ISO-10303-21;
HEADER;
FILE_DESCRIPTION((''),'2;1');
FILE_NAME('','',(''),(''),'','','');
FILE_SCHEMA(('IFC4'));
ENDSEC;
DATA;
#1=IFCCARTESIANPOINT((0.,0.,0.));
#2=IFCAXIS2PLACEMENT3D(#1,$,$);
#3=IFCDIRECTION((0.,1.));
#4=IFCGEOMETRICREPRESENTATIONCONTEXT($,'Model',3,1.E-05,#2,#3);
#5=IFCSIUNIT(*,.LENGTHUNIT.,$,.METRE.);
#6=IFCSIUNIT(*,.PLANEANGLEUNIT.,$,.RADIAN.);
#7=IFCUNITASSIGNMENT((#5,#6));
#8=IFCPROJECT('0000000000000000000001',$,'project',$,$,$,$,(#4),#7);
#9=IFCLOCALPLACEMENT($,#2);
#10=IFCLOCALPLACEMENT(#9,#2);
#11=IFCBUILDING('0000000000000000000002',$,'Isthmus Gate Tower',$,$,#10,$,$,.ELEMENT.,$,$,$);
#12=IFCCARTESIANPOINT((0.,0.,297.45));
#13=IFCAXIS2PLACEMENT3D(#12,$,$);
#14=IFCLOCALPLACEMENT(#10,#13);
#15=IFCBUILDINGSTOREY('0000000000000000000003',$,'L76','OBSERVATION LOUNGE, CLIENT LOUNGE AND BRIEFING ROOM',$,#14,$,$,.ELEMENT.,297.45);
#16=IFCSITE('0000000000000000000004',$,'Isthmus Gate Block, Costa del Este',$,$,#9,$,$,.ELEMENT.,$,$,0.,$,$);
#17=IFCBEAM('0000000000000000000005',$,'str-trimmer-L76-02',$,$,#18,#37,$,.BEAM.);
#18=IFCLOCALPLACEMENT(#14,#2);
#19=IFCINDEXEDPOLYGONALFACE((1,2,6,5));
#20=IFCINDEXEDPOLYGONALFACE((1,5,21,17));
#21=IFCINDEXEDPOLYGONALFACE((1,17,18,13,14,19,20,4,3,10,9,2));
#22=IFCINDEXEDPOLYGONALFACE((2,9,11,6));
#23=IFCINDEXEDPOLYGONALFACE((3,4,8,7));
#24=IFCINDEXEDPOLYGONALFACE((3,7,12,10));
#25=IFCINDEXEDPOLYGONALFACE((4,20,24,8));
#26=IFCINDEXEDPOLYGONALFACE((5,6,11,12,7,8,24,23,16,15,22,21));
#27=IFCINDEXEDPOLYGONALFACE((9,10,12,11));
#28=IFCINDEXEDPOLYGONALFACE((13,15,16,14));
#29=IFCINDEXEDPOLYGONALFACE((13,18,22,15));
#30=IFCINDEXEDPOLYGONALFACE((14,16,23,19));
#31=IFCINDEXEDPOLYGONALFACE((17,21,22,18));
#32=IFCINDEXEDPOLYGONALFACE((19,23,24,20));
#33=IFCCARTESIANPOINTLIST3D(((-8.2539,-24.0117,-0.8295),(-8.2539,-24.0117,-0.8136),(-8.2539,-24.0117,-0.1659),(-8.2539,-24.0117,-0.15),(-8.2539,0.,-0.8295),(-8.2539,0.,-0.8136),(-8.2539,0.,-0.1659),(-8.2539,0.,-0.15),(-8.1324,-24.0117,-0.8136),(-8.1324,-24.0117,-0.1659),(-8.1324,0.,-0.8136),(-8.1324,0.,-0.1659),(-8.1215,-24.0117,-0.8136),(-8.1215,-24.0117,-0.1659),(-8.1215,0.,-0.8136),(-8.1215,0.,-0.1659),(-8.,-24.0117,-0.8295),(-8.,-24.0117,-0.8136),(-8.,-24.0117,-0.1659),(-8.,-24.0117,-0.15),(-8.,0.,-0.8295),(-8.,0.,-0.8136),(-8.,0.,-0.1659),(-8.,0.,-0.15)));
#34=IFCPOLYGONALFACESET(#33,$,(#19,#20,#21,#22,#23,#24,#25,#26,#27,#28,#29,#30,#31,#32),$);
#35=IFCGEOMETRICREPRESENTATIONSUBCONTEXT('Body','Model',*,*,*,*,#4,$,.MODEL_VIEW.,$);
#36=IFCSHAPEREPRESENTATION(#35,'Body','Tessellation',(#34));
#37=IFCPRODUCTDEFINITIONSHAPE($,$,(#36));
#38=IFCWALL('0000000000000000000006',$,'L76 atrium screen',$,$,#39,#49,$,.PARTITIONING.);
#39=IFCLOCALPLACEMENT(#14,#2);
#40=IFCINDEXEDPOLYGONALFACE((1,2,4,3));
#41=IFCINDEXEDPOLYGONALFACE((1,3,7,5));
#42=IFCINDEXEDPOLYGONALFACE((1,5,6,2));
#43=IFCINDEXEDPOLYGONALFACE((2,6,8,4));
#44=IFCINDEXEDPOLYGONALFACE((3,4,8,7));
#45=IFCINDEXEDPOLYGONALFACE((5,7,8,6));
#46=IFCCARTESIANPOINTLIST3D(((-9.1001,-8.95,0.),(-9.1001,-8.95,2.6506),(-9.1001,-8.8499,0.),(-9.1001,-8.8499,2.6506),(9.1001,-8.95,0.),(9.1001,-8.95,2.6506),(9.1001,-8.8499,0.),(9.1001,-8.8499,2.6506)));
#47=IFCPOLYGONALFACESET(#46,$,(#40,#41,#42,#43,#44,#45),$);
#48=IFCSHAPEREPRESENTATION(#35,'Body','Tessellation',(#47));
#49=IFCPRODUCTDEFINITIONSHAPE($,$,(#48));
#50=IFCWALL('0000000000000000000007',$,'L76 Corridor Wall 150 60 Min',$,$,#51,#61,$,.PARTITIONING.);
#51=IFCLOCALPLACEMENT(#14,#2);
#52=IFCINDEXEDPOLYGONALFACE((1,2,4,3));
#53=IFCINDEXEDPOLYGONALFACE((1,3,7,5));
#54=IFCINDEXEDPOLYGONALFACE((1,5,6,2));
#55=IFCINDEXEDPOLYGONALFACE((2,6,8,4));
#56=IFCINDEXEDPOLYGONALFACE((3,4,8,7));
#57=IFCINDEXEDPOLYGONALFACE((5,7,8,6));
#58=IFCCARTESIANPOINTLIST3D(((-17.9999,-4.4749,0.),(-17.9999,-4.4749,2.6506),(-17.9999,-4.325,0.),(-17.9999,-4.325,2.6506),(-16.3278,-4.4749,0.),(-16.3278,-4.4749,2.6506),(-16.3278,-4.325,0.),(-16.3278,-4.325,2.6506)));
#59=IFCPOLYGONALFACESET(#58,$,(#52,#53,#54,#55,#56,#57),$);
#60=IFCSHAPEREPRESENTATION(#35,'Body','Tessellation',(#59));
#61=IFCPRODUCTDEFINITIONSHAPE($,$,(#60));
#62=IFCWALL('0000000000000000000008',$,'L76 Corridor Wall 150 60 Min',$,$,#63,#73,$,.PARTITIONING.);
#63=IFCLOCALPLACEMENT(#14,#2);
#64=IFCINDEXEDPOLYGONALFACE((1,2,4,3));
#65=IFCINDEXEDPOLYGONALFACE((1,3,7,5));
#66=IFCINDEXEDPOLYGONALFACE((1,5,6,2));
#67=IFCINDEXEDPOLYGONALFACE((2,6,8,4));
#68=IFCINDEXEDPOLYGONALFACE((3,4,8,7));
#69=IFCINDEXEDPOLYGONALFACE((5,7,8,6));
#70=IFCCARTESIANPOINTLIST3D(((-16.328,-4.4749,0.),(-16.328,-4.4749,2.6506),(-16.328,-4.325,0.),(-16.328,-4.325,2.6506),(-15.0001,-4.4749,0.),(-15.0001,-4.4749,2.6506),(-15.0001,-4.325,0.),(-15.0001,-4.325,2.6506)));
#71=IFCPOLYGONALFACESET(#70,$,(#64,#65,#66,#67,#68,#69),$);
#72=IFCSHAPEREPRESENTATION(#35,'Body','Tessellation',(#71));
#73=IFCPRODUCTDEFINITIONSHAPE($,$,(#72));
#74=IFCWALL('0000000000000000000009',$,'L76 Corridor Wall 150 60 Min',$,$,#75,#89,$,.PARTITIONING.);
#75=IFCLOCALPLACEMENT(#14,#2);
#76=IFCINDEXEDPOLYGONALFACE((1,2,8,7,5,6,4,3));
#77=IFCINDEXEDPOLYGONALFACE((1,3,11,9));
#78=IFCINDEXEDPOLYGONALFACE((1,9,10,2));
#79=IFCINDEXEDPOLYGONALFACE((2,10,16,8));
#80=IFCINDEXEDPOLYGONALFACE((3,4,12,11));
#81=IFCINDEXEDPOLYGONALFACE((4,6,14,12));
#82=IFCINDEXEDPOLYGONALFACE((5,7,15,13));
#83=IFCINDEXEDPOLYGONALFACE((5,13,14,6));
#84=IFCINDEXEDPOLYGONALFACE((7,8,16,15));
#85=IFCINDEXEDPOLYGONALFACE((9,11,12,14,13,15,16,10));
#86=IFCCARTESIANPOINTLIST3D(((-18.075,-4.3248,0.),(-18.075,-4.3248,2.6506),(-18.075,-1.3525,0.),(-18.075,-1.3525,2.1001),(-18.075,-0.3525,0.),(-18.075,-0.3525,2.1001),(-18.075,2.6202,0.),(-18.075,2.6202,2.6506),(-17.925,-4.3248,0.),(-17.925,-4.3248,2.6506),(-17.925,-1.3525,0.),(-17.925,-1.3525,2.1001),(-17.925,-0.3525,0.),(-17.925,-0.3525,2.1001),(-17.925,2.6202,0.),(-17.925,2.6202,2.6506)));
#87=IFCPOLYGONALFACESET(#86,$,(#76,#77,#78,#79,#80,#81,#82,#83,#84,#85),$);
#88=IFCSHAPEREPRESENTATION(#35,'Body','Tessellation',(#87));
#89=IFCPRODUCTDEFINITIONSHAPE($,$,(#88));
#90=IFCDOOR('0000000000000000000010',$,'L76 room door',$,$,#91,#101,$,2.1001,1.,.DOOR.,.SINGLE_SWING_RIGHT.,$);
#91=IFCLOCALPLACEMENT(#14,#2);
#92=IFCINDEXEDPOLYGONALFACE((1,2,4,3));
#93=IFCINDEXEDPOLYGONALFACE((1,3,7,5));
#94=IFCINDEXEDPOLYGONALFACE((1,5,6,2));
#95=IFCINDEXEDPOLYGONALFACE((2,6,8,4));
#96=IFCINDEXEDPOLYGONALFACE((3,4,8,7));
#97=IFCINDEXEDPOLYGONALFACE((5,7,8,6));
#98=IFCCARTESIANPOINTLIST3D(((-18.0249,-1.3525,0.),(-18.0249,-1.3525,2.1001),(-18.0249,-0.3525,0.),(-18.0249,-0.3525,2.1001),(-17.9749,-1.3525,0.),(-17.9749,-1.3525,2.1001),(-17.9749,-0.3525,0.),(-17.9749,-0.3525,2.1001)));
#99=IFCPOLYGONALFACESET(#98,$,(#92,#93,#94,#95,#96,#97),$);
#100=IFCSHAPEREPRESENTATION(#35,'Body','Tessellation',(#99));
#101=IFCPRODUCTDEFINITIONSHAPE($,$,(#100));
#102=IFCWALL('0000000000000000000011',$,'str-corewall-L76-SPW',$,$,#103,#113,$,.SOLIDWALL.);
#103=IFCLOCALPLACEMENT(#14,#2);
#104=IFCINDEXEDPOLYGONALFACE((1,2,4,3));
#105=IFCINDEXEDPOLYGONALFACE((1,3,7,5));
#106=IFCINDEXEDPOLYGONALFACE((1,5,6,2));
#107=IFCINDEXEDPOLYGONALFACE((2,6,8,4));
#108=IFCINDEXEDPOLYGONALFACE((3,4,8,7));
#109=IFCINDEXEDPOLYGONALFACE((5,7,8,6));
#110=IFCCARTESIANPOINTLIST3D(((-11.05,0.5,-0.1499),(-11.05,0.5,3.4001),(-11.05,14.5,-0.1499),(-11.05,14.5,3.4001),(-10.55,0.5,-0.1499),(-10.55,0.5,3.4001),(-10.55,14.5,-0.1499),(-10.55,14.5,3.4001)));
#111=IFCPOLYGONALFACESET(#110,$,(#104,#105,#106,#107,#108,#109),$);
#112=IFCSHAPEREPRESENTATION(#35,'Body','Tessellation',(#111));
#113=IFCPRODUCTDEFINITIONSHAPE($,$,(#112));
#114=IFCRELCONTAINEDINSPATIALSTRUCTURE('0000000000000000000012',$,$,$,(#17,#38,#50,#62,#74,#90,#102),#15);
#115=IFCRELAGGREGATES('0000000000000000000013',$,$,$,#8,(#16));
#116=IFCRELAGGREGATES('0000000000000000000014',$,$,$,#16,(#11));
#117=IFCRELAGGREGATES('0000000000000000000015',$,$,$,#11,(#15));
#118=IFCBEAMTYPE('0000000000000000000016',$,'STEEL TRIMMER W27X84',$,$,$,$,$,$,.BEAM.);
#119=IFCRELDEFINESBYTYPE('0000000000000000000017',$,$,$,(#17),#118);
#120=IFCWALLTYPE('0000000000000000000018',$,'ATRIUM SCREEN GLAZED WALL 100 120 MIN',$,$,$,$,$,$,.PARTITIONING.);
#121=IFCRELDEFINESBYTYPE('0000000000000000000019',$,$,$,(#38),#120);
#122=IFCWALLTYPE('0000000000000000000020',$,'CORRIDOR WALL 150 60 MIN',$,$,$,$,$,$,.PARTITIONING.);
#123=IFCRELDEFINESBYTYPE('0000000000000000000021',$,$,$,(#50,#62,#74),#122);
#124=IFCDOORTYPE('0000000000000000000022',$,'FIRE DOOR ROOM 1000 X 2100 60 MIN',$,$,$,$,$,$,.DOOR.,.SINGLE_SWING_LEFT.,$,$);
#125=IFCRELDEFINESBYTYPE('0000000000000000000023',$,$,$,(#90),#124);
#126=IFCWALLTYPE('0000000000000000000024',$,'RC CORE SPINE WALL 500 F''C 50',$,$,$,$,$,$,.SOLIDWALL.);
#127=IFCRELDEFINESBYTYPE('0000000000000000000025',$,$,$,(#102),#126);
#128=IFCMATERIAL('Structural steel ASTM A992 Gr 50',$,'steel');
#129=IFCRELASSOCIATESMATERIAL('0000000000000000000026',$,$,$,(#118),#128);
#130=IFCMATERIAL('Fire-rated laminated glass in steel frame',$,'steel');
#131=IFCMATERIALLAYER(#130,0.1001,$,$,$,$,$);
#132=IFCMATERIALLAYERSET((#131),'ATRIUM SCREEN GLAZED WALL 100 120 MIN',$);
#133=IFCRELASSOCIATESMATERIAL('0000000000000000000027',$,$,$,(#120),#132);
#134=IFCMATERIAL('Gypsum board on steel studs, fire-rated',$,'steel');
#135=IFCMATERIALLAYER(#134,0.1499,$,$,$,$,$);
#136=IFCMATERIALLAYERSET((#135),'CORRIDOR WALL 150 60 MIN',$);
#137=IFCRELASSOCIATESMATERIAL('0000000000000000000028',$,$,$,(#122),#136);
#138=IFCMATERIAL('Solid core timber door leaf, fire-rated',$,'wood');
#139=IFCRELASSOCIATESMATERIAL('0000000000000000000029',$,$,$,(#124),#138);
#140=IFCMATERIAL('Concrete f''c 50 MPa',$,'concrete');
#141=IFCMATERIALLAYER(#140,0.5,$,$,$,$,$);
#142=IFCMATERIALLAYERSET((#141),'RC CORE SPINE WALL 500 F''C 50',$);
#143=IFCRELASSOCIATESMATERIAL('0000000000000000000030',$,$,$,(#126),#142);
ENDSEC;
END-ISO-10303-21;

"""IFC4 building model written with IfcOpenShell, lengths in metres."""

from ifc_helpers import new_model, si_unit, direction, frame, frame_2d, origin, origin_2d, place, context, subcontext, project, spatial, rectangle, i_section, extrude, material, layer, layer_set, material_profile, profile_set, type_object, element, fill, save


model = new_model("IFC4")

# Units and contexts
model_context = context("Model", 3, precision=1e-05, world=origin(), true_north=direction((0.0, 1.0)))
body_context = subcontext(model_context, "Body", "Model", "MODEL_VIEW")
ifc_project = project(units=[si_unit("LENGTHUNIT", "METRE"), si_unit("PLANEANGLEUNIT", "RADIAN")], contexts=[model_context])

# Site, building, storey
site_placement = place(None, origin())
site = spatial("IfcSite", under=ifc_project, at=site_placement, Name="Isthmus Gate Block, Costa del Este", CompositionType="ELEMENT", RefElevation=0.0)
building_placement = place(site_placement, origin())
building = spatial("IfcBuilding", under=site, at=building_placement, Name="Isthmus Gate Tower", CompositionType="ELEMENT")
storey_placement = place(building_placement, frame((0.0, 0.0, 297.45)))
storey = spatial("IfcBuildingStorey", under=building, at=storey_placement, Name="L76", Description="OBSERVATION LOUNGE, CLIENT LOUNGE AND BRIEFING ROOM", CompositionType="ELEMENT", Elevation=297.45)

# Beam
ifc_material_1 = material(Name="Structural steel ASTM A992 Gr 50", Category="steel")
ifc_material_profile_1 = material_profile(ifc_material_1, i_section(OverallWidth=0.2539, OverallDepth=0.6794, WebThickness=0.011, FlangeThickness=0.0159, at=origin_2d()), Name="W27X84")
ifc_profile_set_1 = profile_set([ifc_material_profile_1], Name="Structural steel ASTM A992 Gr 50")
beam_type_1 = type_object("IfcBeamType", Name="STEEL TRIMMER W27X84", PredefinedType="BEAM", material=ifc_profile_set_1)
beam_1_placement = place(storey_placement, frame((-8.127, 0.0, -0.4897), z_axis=(0.0, -1.0, 0.0), x_axis=(1.0, 0.0, 0.0)))
element("IfcBeam", 1, at=beam_1_placement, inside=storey, type_object=beam_type_1, Name="str-trimmer-L76-02", PredefinedType="BEAM", context=body_context, shape_type="SweptSolid", body=[
    extrude(i_section(OverallWidth=0.2539, OverallDepth=0.6794, WebThickness=0.011, FlangeThickness=0.0159, at=origin_2d()), origin(), (0.0, 0.0, 1.0), 24.0117),
])

# Walls
ifc_material_2 = material(Name="Fire-rated laminated glass in steel frame", Category="steel")
ifc_layer_1 = layer(ifc_material_2, 0.1001)
ifc_layer_set_1 = layer_set([ifc_layer_1], Name="ATRIUM SCREEN GLAZED WALL 100 120 MIN")
wall_type_1 = type_object("IfcWallType", Name="ATRIUM SCREEN GLAZED WALL 100 120 MIN", PredefinedType="PARTITIONING", material=ifc_layer_set_1)
wall_1_placement = place(storey_placement, frame((-9.1001, -8.8999, 0.0), z_axis=(0.0, 0.0, 1.0), x_axis=(1.0, 0.0, 0.0)))
element("IfcWall", 2, at=wall_1_placement, inside=storey, type_object=wall_type_1, Name="L76 atrium screen", PredefinedType="PARTITIONING", context=body_context, shape_type="SweptSolid", body=[
    extrude(rectangle(XDim=18.2002, YDim=0.1001, at=frame_2d((9.1001, 0.0))), origin(), (0.0, 0.0, 1.0), 2.6506),
])
ifc_material_3 = material(Name="Gypsum board on steel studs, fire-rated", Category="steel")
ifc_layer_2 = layer(ifc_material_3, 0.1499)
ifc_layer_set_2 = layer_set([ifc_layer_2], Name="CORRIDOR WALL 150 60 MIN")
wall_type_2 = type_object("IfcWallType", Name="CORRIDOR WALL 150 60 MIN", PredefinedType="PARTITIONING", material=ifc_layer_set_2)
wall_2_placement = place(storey_placement, frame((-16.3279, -4.3999, 0.0), z_axis=(0.0, 0.0, 1.0), x_axis=(-1.0, 0.0, 0.0)))
element("IfcWall", 3, at=wall_2_placement, inside=storey, type_object=wall_type_2, Name="L76 Corridor Wall 150 60 Min", PredefinedType="PARTITIONING", context=body_context, shape_type="SweptSolid", body=[
    extrude(rectangle(XDim=1.6721, YDim=0.1499, at=frame_2d((0.8359, 0.0))), origin(), (0.0, 0.0, 1.0), 2.6506),
])
wall_3_placement = place(storey_placement, frame((-15.0, -4.3999, 0.0), z_axis=(0.0, 0.0, 1.0), x_axis=(-1.0, 0.0, 0.0)))
element("IfcWall", 4, at=wall_3_placement, inside=storey, type_object=wall_type_2, Name="L76 Corridor Wall 150 60 Min", PredefinedType="PARTITIONING", context=body_context, shape_type="SweptSolid", body=[
    extrude(rectangle(XDim=1.3279, YDim=0.1499, at=frame_2d((0.6641, 0.0))), origin(), (0.0, 0.0, 1.0), 2.6506),
])

# Wall, opening, door
wall_4_placement = place(storey_placement, frame((-18.0, -4.325, 0.0), z_axis=(0.0, 0.0, 1.0), x_axis=(0.0, 1.0, 0.0)))
wall_4 = element("IfcWall", 5, at=wall_4_placement, inside=storey, type_object=wall_type_2, Name="L76 Corridor Wall 150 60 Min", PredefinedType="PARTITIONING", context=body_context, shape_type="SweptSolid", body=[
    extrude(rectangle(XDim=6.9451, YDim=0.1499, at=frame_2d((3.4727, 0.0))), origin(), (0.0, 0.0, 1.0), 2.6506),
])
opening_1_placement = place(wall_4_placement, frame((2.9724, 0.0, 0.0)))
opening_1 = element("IfcOpeningElement", 6, at=opening_1_placement, cuts=wall_4, PredefinedType="OPENING", context=body_context, shape_type="SweptSolid", body=[
    extrude(rectangle(XDim=1.0, YDim=2.1001, at=frame_2d((0.5, 1.05))), frame((0.0, 0.085, 0.0), z_axis=(0.0, -1.0, 0.0), x_axis=(1.0, 0.0, 0.0)), (0.0, 0.0, 1.0), 0.1699),
])
ifc_material_4 = material(Name="Solid core timber door leaf, fire-rated", Category="wood")
door_type_1 = type_object("IfcDoorType", Name="FIRE DOOR ROOM 1000 X 2100 60 MIN", OperationType="SINGLE_SWING_LEFT", PredefinedType="DOOR", material=ifc_material_4)
door_1_placement = place(opening_1_placement, origin())
door_1 = element("IfcDoor", 7, at=door_1_placement, inside=storey, type_object=door_type_1, Name="L76 room door", OperationType="SINGLE_SWING_RIGHT", OverallHeight=2.1001, OverallWidth=1.0, PredefinedType="DOOR", context=body_context, shape_type="SweptSolid", body=[
    extrude(rectangle(XDim=1.0, YDim=2.1001, at=frame_2d((0.5, 1.05))), frame((0.0, 0.0249, 0.0), z_axis=(0.0, -1.0, 0.0), x_axis=(1.0, 0.0, 0.0)), (0.0, 0.0, 1.0), 0.05),
])
fill(opening_1, door_1)

# Wall
ifc_material_5 = material(Name="Concrete f'c 50 MPa", Category="concrete")
ifc_layer_3 = layer(ifc_material_5, 0.5)
ifc_layer_set_3 = layer_set([ifc_layer_3], Name="RC CORE SPINE WALL 500 F'C 50")
wall_type_3 = type_object("IfcWallType", Name="RC CORE SPINE WALL 500 F'C 50", PredefinedType="SOLIDWALL", material=ifc_layer_set_3)
wall_5_placement = place(storey_placement, frame((-10.8, 0.5, -0.1499), z_axis=(0.0, 0.0, 1.0), x_axis=(0.0, 1.0, 0.0)))
element("IfcWall", 8, at=wall_5_placement, inside=storey, type_object=wall_type_3, Name="str-corewall-L76-SPW", PredefinedType="SOLIDWALL", context=body_context, shape_type="SweptSolid", body=[
    extrude(rectangle(XDim=14.0, YDim=0.5, at=frame_2d((7.0, 0.0))), origin(), (0.0, 0.0, 1.0), 3.55),
])

save(model, "model.ifc")
